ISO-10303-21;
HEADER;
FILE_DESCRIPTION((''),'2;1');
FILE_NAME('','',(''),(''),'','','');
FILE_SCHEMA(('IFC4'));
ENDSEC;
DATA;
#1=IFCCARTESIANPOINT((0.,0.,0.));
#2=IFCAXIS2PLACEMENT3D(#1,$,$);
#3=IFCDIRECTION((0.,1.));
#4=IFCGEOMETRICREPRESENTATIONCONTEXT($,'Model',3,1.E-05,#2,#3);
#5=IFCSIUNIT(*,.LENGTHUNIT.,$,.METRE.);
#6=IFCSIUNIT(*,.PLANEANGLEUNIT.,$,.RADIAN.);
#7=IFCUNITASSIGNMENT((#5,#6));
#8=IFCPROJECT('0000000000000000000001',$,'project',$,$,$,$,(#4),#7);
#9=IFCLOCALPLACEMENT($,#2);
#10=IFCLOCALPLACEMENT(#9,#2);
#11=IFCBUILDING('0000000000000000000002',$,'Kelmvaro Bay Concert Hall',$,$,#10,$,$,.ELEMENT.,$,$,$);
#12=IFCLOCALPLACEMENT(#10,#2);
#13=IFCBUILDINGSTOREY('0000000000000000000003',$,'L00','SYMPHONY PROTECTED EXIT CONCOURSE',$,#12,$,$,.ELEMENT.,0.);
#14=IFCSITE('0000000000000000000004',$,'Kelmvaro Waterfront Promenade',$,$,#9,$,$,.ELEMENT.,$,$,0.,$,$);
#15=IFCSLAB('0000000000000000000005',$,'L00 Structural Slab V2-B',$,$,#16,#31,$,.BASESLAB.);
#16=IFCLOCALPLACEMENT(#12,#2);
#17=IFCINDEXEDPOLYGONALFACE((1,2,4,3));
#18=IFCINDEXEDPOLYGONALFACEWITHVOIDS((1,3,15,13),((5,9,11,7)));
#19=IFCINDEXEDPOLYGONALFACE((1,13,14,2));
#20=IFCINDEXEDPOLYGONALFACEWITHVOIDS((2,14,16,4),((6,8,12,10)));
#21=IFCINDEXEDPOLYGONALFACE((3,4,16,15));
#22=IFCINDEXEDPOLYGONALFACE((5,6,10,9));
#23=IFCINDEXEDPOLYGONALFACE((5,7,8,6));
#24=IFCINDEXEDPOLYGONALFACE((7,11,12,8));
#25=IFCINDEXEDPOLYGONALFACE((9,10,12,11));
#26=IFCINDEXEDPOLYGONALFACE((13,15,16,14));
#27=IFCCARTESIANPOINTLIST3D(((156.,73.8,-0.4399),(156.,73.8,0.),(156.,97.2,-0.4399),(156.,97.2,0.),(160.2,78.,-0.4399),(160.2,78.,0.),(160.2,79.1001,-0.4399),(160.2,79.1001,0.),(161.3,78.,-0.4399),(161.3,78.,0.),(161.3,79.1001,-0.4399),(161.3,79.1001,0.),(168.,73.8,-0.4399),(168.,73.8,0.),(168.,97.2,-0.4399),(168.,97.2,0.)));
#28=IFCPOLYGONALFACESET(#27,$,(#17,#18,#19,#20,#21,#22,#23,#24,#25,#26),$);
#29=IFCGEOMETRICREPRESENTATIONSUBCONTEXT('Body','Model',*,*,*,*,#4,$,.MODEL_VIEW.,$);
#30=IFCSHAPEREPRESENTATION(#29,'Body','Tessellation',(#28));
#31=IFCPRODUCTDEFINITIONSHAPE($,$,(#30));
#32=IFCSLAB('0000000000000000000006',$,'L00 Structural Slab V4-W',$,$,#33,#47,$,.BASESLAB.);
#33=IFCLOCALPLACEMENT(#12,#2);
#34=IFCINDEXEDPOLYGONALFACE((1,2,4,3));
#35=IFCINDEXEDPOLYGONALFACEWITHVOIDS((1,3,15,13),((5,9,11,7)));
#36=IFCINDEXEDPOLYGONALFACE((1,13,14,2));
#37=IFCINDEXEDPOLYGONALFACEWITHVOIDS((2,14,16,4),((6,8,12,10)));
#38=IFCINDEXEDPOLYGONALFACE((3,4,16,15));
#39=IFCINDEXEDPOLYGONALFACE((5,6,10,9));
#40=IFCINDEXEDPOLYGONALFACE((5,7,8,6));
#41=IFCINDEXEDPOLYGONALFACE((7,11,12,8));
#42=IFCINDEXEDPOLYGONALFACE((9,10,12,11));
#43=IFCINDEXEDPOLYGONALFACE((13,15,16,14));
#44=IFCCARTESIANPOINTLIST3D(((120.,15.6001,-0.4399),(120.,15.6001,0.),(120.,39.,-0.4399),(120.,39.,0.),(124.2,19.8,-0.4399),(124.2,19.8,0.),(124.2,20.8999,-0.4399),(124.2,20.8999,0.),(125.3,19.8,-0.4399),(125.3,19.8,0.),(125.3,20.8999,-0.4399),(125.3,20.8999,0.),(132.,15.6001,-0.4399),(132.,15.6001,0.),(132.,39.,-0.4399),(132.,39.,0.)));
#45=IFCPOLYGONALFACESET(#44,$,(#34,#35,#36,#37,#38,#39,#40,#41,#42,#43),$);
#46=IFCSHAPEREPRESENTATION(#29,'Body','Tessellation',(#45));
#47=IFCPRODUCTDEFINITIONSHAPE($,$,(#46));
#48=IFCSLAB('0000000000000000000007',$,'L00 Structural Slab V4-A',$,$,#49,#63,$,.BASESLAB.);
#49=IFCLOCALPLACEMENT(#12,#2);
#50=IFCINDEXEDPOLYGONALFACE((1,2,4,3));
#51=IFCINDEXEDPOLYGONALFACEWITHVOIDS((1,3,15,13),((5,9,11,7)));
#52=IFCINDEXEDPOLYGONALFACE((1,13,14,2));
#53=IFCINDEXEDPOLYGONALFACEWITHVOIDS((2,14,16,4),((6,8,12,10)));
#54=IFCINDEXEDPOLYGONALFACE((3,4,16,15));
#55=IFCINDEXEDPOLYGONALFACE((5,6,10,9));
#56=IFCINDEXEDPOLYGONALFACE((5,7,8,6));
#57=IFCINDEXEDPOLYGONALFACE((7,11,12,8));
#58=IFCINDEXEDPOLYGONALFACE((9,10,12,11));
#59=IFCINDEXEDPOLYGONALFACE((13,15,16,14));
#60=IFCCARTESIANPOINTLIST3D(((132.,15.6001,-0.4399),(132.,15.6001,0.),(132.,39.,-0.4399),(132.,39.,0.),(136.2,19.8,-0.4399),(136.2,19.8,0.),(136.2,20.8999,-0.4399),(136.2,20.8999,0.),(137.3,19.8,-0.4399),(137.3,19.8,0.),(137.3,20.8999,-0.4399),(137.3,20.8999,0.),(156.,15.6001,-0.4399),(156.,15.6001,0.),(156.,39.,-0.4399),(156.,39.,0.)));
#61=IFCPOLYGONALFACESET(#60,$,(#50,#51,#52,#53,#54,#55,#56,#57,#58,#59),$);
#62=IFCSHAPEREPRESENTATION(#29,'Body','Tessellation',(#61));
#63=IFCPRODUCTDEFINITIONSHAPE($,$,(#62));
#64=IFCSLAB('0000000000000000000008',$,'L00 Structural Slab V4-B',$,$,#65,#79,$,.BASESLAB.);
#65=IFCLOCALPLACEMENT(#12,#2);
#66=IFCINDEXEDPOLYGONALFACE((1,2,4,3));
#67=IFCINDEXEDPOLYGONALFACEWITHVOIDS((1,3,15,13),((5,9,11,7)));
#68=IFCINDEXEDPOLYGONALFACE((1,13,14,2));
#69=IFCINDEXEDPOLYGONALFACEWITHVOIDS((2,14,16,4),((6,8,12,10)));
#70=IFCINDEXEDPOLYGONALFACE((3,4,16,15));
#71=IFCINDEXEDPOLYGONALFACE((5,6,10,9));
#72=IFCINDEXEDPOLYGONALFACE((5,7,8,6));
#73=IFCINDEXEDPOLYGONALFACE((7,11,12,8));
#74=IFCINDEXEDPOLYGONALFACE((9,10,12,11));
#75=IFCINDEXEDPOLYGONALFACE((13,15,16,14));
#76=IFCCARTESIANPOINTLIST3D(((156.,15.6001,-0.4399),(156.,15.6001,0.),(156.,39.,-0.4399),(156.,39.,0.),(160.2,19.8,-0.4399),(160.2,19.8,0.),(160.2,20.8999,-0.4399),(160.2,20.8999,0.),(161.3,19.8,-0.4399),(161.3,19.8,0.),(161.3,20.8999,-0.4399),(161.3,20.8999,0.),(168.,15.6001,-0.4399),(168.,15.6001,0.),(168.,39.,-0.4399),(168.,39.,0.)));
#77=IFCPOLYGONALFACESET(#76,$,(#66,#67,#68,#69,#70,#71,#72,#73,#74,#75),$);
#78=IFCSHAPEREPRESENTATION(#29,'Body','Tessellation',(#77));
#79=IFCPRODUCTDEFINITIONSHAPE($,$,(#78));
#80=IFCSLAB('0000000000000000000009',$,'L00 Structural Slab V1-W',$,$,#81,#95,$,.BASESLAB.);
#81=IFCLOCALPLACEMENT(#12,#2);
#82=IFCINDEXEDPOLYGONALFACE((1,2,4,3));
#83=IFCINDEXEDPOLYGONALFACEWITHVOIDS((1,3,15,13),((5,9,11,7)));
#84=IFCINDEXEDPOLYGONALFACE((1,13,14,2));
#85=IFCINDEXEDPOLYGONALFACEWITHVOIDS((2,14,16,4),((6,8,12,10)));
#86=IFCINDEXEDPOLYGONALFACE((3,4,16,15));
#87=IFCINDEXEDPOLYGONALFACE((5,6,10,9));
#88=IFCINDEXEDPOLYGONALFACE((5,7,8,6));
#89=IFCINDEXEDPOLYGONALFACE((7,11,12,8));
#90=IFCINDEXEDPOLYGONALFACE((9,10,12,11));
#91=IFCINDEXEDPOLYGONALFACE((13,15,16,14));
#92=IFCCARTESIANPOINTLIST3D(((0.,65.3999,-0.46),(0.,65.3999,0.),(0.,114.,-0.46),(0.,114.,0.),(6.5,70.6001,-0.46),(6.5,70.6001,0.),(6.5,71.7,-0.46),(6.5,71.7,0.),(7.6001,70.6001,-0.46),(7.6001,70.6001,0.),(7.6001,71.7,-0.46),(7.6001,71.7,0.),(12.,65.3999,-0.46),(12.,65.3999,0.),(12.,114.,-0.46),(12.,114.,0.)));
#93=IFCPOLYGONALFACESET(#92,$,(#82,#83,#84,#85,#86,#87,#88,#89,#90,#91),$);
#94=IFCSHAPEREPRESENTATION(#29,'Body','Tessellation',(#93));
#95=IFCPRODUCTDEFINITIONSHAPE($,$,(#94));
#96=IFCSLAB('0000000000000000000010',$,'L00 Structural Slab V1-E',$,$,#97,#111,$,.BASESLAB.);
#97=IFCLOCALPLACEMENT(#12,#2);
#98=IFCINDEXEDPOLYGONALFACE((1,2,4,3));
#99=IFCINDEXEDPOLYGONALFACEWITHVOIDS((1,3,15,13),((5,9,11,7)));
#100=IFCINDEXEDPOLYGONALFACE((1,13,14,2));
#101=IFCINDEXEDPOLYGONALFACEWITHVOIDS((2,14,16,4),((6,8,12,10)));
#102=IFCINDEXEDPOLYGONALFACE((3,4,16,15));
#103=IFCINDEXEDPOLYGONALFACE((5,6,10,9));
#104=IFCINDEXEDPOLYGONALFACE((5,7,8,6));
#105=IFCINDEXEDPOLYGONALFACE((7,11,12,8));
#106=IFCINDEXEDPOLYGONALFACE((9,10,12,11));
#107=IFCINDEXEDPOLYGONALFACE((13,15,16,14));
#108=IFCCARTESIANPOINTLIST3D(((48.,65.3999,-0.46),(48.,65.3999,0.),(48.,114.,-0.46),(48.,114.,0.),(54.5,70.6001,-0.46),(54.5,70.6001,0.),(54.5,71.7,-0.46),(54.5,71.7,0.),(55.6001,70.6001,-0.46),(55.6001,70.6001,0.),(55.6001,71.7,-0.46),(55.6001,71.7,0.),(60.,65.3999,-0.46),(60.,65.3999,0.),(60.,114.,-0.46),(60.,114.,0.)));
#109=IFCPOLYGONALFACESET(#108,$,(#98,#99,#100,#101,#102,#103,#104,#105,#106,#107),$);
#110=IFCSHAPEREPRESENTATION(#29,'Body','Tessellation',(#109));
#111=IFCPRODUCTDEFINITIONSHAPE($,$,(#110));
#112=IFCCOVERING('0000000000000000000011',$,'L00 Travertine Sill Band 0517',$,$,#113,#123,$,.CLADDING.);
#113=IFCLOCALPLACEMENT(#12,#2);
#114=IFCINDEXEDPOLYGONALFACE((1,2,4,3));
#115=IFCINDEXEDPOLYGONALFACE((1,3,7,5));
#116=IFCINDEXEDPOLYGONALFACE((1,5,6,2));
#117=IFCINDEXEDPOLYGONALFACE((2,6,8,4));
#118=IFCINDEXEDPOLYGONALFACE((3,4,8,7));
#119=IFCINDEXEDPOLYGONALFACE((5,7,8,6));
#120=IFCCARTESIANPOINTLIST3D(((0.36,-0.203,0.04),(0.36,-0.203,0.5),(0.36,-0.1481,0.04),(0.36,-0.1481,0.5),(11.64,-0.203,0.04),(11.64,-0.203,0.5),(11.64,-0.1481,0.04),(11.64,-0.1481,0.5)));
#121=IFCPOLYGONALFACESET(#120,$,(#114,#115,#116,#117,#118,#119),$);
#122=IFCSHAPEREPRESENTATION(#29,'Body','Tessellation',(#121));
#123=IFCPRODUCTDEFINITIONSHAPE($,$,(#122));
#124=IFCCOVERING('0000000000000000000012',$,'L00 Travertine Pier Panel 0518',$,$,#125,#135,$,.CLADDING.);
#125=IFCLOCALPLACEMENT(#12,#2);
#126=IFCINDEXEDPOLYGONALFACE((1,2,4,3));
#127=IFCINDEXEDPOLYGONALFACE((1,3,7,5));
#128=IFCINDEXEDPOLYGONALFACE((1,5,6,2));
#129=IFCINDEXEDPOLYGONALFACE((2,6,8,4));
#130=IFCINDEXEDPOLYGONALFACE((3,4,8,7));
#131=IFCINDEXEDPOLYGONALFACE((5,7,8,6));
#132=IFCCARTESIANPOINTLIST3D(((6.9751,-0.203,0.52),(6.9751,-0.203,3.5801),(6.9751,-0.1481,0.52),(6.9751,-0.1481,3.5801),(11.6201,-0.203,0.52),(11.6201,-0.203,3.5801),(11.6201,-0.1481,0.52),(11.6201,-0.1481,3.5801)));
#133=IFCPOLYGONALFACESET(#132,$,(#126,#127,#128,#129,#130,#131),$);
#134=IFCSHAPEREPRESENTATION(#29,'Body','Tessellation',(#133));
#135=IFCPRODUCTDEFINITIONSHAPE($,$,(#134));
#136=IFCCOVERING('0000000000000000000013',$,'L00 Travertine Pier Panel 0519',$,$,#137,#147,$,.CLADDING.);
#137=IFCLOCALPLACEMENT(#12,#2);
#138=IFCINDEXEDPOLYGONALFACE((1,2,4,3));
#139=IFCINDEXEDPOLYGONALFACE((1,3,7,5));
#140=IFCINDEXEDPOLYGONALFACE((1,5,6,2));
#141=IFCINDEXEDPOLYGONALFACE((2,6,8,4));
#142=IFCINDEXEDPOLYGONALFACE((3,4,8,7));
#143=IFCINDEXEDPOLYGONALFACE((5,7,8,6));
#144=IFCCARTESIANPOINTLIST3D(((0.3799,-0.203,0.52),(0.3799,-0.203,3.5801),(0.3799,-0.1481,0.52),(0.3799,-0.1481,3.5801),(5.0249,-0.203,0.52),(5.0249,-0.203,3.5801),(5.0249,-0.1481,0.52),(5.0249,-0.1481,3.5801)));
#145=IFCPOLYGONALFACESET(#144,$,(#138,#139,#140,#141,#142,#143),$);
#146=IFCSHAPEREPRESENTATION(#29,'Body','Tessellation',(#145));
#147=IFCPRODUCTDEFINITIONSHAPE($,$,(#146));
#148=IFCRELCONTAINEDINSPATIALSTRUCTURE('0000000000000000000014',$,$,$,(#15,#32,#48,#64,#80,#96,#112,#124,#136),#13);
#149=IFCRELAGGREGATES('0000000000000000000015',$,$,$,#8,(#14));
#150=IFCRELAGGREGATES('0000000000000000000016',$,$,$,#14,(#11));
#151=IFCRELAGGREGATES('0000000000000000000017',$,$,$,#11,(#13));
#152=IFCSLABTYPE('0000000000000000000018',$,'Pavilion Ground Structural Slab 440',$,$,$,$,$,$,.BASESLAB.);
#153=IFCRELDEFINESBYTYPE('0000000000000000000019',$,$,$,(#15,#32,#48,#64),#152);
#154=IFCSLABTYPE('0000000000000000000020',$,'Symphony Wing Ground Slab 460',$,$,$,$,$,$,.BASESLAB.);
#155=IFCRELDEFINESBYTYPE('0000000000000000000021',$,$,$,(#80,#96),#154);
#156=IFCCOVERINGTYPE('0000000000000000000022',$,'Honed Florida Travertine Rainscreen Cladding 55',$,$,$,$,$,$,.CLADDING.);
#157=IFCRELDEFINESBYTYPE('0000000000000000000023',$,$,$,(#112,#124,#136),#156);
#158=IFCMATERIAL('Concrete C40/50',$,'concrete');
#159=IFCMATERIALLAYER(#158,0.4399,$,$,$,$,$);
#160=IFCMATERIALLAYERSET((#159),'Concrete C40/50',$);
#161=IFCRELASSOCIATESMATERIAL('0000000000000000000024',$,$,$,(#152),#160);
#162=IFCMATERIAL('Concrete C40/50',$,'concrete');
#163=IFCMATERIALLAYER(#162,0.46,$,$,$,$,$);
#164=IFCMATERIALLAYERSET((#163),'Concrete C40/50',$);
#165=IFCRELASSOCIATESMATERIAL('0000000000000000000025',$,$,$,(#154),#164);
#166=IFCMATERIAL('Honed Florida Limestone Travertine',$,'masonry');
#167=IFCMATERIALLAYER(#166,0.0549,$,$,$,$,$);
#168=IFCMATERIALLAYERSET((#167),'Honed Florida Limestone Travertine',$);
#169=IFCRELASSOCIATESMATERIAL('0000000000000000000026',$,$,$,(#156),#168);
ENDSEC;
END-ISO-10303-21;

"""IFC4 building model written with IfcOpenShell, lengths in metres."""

from ifc_helpers import new_model, si_unit, direction, frame, origin, origin_2d, place, context, subcontext, project, spatial, polyline, rectangle, outline, extrude, material, layer, layer_set, type_object, element, save


model = new_model("IFC4")

# Units and contexts
model_context = context("Model", 3, precision=1e-05, world=origin(), true_north=direction((0.0, 1.0)))
body_context = subcontext(model_context, "Body", "Model", "MODEL_VIEW")
ifc_project = project(units=[si_unit("LENGTHUNIT", "METRE"), si_unit("PLANEANGLEUNIT", "RADIAN")], contexts=[model_context])

# Site, building, storey
site_placement = place(None, origin())
site = spatial("IfcSite", under=ifc_project, at=site_placement, Name="Kelmvaro Waterfront Promenade", CompositionType="ELEMENT", RefElevation=0.0)
building_placement = place(site_placement, origin())
building = spatial("IfcBuilding", under=site, at=building_placement, Name="Kelmvaro Bay Concert Hall", CompositionType="ELEMENT")
storey_placement = place(building_placement, origin())
storey = spatial("IfcBuildingStorey", under=building, at=storey_placement, Name="L00", Description="SYMPHONY PROTECTED EXIT CONCOURSE", CompositionType="ELEMENT", Elevation=0.0)

# Slabs
ifc_material_1 = material(Name="Concrete C40/50", Category="concrete")
ifc_layer_1 = layer(ifc_material_1, 0.4399)
ifc_layer_set_1 = layer_set([ifc_layer_1], Name="Concrete C40/50")
slab_type_1 = type_object("IfcSlabType", Name="Pavilion Ground Structural Slab 440", PredefinedType="BASESLAB", material=ifc_layer_set_1)
slab_1_placement = place(storey_placement, frame((0.0, 0.0, -0.4399)))
element("IfcSlab", 1, at=slab_1_placement, inside=storey, type_object=slab_type_1, Name="L00 Structural Slab V2-B", PredefinedType="BASESLAB", context=body_context, shape_type="SweptSolid", body=[
    extrude(outline(polyline([(156.0, 73.8), (168.0, 73.8), (168.0, 97.2), (156.0, 97.2), (156.0, 73.8)]), holes=[polyline([(160.2, 78.0), (161.3, 78.0), (161.3, 79.1001), (160.2, 79.1001), (160.2, 78.0)])]), origin(), (0.0, 0.0, 1.0), 0.4399),
])
slab_2_placement = place(storey_placement, frame((0.0, 0.0, -0.4399)))
element("IfcSlab", 2, at=slab_2_placement, inside=storey, type_object=slab_type_1, Name="L00 Structural Slab V4-W", PredefinedType="BASESLAB", context=body_context, shape_type="SweptSolid", body=[
    extrude(outline(polyline([(120.0, 15.6001), (132.0, 15.6001), (132.0, 39.0), (120.0, 39.0), (120.0, 15.6001)]), holes=[polyline([(124.2, 19.8), (125.3, 19.8), (125.3, 20.8999), (124.2, 20.8999), (124.2, 19.8)])]), origin(), (0.0, 0.0, 1.0), 0.4399),
])
slab_3_placement = place(storey_placement, frame((0.0, 0.0, -0.4399)))
element("IfcSlab", 3, at=slab_3_placement, inside=storey, type_object=slab_type_1, Name="L00 Structural Slab V4-A", PredefinedType="BASESLAB", context=body_context, shape_type="SweptSolid", body=[
    extrude(outline(polyline([(132.0, 15.6001), (156.0, 15.6001), (156.0, 39.0), (132.0, 39.0), (132.0, 15.6001)]), holes=[polyline([(136.2, 19.8), (137.3, 19.8), (137.3, 20.8999), (136.2, 20.8999), (136.2, 19.8)])]), origin(), (0.0, 0.0, 1.0), 0.4399),
])
slab_4_placement = place(storey_placement, frame((0.0, 0.0, -0.4399)))
element("IfcSlab", 4, at=slab_4_placement, inside=storey, type_object=slab_type_1, Name="L00 Structural Slab V4-B", PredefinedType="BASESLAB", context=body_context, shape_type="SweptSolid", body=[
    extrude(outline(polyline([(156.0, 15.6001), (168.0, 15.6001), (168.0, 39.0), (156.0, 39.0), (156.0, 15.6001)]), holes=[polyline([(160.2, 19.8), (161.3, 19.8), (161.3, 20.8999), (160.2, 20.8999), (160.2, 19.8)])]), origin(), (0.0, 0.0, 1.0), 0.4399),
])
ifc_material_2 = material(Name="Concrete C40/50", Category="concrete")
ifc_layer_2 = layer(ifc_material_2, 0.46)
ifc_layer_set_2 = layer_set([ifc_layer_2], Name="Concrete C40/50")
slab_type_2 = type_object("IfcSlabType", Name="Symphony Wing Ground Slab 460", PredefinedType="BASESLAB", material=ifc_layer_set_2)
slab_5_placement = place(storey_placement, frame((0.0, 0.0, -0.46)))
element("IfcSlab", 5, at=slab_5_placement, inside=storey, type_object=slab_type_2, Name="L00 Structural Slab V1-W", PredefinedType="BASESLAB", context=body_context, shape_type="SweptSolid", body=[
    extrude(outline(polyline([(0.0, 65.3999), (12.0, 65.3999), (12.0, 114.0), (0.0, 114.0), (0.0, 65.3999)]), holes=[polyline([(6.5, 70.6001), (7.6001, 70.6001), (7.6001, 71.7), (6.5, 71.7), (6.5, 70.6001)])]), origin(), (0.0, 0.0, 1.0), 0.46),
])
slab_6_placement = place(storey_placement, frame((0.0, 0.0, -0.46)))
element("IfcSlab", 6, at=slab_6_placement, inside=storey, type_object=slab_type_2, Name="L00 Structural Slab V1-E", PredefinedType="BASESLAB", context=body_context, shape_type="SweptSolid", body=[
    extrude(outline(polyline([(48.0, 65.3999), (60.0, 65.3999), (60.0, 114.0), (48.0, 114.0), (48.0, 65.3999)]), holes=[polyline([(54.5, 70.6001), (55.6001, 70.6001), (55.6001, 71.7), (54.5, 71.7), (54.5, 70.6001)])]), origin(), (0.0, 0.0, 1.0), 0.46),
])

# Coverings
ifc_material_3 = material(Name="Honed Florida Limestone Travertine", Category="masonry")
ifc_layer_3 = layer(ifc_material_3, 0.0549)
ifc_layer_set_3 = layer_set([ifc_layer_3], Name="Honed Florida Limestone Travertine")
covering_type = type_object("IfcCoveringType", Name="Honed Florida Travertine Rainscreen Cladding 55", PredefinedType="CLADDING", material=ifc_layer_set_3)
covering_placement = place(storey_placement, frame((6.0, -0.1755, 0.04), z_axis=(0.0, 0.0, 1.0), x_axis=(-1.0, 0.0, 0.0)))
element("IfcCovering", 7, at=covering_placement, inside=storey, type_object=covering_type, Name="L00 Travertine Sill Band 0517", PredefinedType="CLADDING", context=body_context, shape_type="SweptSolid", body=[
    extrude(rectangle(XDim=11.28, YDim=0.0549, at=origin_2d()), origin(), (0.0, 0.0, 1.0), 0.46),
])
for number, where, z_axis, x_axis, name in (
    (8, (9.2976, -0.1755, 0.52), (0.0, 0.0, 1.0), (-1.0, 0.0, 0.0), "L00 Travertine Pier Panel 0518"),
    (9, (2.7024, -0.1755, 0.52), (0.0, 0.0, 1.0), (-1.0, 0.0, 0.0), "L00 Travertine Pier Panel 0519"),
):
    element("IfcCovering", number, at=place(storey_placement, frame(where, z_axis=z_axis, x_axis=x_axis)), inside=storey, type_object=covering_type, Name=name, PredefinedType="CLADDING", context=body_context, shape_type="SweptSolid", body=[
        extrude(rectangle(XDim=4.645, YDim=0.0549, at=origin_2d()), origin(), (0.0, 0.0, 1.0), 3.0601),
    ])

save(model, "model.ifc")
